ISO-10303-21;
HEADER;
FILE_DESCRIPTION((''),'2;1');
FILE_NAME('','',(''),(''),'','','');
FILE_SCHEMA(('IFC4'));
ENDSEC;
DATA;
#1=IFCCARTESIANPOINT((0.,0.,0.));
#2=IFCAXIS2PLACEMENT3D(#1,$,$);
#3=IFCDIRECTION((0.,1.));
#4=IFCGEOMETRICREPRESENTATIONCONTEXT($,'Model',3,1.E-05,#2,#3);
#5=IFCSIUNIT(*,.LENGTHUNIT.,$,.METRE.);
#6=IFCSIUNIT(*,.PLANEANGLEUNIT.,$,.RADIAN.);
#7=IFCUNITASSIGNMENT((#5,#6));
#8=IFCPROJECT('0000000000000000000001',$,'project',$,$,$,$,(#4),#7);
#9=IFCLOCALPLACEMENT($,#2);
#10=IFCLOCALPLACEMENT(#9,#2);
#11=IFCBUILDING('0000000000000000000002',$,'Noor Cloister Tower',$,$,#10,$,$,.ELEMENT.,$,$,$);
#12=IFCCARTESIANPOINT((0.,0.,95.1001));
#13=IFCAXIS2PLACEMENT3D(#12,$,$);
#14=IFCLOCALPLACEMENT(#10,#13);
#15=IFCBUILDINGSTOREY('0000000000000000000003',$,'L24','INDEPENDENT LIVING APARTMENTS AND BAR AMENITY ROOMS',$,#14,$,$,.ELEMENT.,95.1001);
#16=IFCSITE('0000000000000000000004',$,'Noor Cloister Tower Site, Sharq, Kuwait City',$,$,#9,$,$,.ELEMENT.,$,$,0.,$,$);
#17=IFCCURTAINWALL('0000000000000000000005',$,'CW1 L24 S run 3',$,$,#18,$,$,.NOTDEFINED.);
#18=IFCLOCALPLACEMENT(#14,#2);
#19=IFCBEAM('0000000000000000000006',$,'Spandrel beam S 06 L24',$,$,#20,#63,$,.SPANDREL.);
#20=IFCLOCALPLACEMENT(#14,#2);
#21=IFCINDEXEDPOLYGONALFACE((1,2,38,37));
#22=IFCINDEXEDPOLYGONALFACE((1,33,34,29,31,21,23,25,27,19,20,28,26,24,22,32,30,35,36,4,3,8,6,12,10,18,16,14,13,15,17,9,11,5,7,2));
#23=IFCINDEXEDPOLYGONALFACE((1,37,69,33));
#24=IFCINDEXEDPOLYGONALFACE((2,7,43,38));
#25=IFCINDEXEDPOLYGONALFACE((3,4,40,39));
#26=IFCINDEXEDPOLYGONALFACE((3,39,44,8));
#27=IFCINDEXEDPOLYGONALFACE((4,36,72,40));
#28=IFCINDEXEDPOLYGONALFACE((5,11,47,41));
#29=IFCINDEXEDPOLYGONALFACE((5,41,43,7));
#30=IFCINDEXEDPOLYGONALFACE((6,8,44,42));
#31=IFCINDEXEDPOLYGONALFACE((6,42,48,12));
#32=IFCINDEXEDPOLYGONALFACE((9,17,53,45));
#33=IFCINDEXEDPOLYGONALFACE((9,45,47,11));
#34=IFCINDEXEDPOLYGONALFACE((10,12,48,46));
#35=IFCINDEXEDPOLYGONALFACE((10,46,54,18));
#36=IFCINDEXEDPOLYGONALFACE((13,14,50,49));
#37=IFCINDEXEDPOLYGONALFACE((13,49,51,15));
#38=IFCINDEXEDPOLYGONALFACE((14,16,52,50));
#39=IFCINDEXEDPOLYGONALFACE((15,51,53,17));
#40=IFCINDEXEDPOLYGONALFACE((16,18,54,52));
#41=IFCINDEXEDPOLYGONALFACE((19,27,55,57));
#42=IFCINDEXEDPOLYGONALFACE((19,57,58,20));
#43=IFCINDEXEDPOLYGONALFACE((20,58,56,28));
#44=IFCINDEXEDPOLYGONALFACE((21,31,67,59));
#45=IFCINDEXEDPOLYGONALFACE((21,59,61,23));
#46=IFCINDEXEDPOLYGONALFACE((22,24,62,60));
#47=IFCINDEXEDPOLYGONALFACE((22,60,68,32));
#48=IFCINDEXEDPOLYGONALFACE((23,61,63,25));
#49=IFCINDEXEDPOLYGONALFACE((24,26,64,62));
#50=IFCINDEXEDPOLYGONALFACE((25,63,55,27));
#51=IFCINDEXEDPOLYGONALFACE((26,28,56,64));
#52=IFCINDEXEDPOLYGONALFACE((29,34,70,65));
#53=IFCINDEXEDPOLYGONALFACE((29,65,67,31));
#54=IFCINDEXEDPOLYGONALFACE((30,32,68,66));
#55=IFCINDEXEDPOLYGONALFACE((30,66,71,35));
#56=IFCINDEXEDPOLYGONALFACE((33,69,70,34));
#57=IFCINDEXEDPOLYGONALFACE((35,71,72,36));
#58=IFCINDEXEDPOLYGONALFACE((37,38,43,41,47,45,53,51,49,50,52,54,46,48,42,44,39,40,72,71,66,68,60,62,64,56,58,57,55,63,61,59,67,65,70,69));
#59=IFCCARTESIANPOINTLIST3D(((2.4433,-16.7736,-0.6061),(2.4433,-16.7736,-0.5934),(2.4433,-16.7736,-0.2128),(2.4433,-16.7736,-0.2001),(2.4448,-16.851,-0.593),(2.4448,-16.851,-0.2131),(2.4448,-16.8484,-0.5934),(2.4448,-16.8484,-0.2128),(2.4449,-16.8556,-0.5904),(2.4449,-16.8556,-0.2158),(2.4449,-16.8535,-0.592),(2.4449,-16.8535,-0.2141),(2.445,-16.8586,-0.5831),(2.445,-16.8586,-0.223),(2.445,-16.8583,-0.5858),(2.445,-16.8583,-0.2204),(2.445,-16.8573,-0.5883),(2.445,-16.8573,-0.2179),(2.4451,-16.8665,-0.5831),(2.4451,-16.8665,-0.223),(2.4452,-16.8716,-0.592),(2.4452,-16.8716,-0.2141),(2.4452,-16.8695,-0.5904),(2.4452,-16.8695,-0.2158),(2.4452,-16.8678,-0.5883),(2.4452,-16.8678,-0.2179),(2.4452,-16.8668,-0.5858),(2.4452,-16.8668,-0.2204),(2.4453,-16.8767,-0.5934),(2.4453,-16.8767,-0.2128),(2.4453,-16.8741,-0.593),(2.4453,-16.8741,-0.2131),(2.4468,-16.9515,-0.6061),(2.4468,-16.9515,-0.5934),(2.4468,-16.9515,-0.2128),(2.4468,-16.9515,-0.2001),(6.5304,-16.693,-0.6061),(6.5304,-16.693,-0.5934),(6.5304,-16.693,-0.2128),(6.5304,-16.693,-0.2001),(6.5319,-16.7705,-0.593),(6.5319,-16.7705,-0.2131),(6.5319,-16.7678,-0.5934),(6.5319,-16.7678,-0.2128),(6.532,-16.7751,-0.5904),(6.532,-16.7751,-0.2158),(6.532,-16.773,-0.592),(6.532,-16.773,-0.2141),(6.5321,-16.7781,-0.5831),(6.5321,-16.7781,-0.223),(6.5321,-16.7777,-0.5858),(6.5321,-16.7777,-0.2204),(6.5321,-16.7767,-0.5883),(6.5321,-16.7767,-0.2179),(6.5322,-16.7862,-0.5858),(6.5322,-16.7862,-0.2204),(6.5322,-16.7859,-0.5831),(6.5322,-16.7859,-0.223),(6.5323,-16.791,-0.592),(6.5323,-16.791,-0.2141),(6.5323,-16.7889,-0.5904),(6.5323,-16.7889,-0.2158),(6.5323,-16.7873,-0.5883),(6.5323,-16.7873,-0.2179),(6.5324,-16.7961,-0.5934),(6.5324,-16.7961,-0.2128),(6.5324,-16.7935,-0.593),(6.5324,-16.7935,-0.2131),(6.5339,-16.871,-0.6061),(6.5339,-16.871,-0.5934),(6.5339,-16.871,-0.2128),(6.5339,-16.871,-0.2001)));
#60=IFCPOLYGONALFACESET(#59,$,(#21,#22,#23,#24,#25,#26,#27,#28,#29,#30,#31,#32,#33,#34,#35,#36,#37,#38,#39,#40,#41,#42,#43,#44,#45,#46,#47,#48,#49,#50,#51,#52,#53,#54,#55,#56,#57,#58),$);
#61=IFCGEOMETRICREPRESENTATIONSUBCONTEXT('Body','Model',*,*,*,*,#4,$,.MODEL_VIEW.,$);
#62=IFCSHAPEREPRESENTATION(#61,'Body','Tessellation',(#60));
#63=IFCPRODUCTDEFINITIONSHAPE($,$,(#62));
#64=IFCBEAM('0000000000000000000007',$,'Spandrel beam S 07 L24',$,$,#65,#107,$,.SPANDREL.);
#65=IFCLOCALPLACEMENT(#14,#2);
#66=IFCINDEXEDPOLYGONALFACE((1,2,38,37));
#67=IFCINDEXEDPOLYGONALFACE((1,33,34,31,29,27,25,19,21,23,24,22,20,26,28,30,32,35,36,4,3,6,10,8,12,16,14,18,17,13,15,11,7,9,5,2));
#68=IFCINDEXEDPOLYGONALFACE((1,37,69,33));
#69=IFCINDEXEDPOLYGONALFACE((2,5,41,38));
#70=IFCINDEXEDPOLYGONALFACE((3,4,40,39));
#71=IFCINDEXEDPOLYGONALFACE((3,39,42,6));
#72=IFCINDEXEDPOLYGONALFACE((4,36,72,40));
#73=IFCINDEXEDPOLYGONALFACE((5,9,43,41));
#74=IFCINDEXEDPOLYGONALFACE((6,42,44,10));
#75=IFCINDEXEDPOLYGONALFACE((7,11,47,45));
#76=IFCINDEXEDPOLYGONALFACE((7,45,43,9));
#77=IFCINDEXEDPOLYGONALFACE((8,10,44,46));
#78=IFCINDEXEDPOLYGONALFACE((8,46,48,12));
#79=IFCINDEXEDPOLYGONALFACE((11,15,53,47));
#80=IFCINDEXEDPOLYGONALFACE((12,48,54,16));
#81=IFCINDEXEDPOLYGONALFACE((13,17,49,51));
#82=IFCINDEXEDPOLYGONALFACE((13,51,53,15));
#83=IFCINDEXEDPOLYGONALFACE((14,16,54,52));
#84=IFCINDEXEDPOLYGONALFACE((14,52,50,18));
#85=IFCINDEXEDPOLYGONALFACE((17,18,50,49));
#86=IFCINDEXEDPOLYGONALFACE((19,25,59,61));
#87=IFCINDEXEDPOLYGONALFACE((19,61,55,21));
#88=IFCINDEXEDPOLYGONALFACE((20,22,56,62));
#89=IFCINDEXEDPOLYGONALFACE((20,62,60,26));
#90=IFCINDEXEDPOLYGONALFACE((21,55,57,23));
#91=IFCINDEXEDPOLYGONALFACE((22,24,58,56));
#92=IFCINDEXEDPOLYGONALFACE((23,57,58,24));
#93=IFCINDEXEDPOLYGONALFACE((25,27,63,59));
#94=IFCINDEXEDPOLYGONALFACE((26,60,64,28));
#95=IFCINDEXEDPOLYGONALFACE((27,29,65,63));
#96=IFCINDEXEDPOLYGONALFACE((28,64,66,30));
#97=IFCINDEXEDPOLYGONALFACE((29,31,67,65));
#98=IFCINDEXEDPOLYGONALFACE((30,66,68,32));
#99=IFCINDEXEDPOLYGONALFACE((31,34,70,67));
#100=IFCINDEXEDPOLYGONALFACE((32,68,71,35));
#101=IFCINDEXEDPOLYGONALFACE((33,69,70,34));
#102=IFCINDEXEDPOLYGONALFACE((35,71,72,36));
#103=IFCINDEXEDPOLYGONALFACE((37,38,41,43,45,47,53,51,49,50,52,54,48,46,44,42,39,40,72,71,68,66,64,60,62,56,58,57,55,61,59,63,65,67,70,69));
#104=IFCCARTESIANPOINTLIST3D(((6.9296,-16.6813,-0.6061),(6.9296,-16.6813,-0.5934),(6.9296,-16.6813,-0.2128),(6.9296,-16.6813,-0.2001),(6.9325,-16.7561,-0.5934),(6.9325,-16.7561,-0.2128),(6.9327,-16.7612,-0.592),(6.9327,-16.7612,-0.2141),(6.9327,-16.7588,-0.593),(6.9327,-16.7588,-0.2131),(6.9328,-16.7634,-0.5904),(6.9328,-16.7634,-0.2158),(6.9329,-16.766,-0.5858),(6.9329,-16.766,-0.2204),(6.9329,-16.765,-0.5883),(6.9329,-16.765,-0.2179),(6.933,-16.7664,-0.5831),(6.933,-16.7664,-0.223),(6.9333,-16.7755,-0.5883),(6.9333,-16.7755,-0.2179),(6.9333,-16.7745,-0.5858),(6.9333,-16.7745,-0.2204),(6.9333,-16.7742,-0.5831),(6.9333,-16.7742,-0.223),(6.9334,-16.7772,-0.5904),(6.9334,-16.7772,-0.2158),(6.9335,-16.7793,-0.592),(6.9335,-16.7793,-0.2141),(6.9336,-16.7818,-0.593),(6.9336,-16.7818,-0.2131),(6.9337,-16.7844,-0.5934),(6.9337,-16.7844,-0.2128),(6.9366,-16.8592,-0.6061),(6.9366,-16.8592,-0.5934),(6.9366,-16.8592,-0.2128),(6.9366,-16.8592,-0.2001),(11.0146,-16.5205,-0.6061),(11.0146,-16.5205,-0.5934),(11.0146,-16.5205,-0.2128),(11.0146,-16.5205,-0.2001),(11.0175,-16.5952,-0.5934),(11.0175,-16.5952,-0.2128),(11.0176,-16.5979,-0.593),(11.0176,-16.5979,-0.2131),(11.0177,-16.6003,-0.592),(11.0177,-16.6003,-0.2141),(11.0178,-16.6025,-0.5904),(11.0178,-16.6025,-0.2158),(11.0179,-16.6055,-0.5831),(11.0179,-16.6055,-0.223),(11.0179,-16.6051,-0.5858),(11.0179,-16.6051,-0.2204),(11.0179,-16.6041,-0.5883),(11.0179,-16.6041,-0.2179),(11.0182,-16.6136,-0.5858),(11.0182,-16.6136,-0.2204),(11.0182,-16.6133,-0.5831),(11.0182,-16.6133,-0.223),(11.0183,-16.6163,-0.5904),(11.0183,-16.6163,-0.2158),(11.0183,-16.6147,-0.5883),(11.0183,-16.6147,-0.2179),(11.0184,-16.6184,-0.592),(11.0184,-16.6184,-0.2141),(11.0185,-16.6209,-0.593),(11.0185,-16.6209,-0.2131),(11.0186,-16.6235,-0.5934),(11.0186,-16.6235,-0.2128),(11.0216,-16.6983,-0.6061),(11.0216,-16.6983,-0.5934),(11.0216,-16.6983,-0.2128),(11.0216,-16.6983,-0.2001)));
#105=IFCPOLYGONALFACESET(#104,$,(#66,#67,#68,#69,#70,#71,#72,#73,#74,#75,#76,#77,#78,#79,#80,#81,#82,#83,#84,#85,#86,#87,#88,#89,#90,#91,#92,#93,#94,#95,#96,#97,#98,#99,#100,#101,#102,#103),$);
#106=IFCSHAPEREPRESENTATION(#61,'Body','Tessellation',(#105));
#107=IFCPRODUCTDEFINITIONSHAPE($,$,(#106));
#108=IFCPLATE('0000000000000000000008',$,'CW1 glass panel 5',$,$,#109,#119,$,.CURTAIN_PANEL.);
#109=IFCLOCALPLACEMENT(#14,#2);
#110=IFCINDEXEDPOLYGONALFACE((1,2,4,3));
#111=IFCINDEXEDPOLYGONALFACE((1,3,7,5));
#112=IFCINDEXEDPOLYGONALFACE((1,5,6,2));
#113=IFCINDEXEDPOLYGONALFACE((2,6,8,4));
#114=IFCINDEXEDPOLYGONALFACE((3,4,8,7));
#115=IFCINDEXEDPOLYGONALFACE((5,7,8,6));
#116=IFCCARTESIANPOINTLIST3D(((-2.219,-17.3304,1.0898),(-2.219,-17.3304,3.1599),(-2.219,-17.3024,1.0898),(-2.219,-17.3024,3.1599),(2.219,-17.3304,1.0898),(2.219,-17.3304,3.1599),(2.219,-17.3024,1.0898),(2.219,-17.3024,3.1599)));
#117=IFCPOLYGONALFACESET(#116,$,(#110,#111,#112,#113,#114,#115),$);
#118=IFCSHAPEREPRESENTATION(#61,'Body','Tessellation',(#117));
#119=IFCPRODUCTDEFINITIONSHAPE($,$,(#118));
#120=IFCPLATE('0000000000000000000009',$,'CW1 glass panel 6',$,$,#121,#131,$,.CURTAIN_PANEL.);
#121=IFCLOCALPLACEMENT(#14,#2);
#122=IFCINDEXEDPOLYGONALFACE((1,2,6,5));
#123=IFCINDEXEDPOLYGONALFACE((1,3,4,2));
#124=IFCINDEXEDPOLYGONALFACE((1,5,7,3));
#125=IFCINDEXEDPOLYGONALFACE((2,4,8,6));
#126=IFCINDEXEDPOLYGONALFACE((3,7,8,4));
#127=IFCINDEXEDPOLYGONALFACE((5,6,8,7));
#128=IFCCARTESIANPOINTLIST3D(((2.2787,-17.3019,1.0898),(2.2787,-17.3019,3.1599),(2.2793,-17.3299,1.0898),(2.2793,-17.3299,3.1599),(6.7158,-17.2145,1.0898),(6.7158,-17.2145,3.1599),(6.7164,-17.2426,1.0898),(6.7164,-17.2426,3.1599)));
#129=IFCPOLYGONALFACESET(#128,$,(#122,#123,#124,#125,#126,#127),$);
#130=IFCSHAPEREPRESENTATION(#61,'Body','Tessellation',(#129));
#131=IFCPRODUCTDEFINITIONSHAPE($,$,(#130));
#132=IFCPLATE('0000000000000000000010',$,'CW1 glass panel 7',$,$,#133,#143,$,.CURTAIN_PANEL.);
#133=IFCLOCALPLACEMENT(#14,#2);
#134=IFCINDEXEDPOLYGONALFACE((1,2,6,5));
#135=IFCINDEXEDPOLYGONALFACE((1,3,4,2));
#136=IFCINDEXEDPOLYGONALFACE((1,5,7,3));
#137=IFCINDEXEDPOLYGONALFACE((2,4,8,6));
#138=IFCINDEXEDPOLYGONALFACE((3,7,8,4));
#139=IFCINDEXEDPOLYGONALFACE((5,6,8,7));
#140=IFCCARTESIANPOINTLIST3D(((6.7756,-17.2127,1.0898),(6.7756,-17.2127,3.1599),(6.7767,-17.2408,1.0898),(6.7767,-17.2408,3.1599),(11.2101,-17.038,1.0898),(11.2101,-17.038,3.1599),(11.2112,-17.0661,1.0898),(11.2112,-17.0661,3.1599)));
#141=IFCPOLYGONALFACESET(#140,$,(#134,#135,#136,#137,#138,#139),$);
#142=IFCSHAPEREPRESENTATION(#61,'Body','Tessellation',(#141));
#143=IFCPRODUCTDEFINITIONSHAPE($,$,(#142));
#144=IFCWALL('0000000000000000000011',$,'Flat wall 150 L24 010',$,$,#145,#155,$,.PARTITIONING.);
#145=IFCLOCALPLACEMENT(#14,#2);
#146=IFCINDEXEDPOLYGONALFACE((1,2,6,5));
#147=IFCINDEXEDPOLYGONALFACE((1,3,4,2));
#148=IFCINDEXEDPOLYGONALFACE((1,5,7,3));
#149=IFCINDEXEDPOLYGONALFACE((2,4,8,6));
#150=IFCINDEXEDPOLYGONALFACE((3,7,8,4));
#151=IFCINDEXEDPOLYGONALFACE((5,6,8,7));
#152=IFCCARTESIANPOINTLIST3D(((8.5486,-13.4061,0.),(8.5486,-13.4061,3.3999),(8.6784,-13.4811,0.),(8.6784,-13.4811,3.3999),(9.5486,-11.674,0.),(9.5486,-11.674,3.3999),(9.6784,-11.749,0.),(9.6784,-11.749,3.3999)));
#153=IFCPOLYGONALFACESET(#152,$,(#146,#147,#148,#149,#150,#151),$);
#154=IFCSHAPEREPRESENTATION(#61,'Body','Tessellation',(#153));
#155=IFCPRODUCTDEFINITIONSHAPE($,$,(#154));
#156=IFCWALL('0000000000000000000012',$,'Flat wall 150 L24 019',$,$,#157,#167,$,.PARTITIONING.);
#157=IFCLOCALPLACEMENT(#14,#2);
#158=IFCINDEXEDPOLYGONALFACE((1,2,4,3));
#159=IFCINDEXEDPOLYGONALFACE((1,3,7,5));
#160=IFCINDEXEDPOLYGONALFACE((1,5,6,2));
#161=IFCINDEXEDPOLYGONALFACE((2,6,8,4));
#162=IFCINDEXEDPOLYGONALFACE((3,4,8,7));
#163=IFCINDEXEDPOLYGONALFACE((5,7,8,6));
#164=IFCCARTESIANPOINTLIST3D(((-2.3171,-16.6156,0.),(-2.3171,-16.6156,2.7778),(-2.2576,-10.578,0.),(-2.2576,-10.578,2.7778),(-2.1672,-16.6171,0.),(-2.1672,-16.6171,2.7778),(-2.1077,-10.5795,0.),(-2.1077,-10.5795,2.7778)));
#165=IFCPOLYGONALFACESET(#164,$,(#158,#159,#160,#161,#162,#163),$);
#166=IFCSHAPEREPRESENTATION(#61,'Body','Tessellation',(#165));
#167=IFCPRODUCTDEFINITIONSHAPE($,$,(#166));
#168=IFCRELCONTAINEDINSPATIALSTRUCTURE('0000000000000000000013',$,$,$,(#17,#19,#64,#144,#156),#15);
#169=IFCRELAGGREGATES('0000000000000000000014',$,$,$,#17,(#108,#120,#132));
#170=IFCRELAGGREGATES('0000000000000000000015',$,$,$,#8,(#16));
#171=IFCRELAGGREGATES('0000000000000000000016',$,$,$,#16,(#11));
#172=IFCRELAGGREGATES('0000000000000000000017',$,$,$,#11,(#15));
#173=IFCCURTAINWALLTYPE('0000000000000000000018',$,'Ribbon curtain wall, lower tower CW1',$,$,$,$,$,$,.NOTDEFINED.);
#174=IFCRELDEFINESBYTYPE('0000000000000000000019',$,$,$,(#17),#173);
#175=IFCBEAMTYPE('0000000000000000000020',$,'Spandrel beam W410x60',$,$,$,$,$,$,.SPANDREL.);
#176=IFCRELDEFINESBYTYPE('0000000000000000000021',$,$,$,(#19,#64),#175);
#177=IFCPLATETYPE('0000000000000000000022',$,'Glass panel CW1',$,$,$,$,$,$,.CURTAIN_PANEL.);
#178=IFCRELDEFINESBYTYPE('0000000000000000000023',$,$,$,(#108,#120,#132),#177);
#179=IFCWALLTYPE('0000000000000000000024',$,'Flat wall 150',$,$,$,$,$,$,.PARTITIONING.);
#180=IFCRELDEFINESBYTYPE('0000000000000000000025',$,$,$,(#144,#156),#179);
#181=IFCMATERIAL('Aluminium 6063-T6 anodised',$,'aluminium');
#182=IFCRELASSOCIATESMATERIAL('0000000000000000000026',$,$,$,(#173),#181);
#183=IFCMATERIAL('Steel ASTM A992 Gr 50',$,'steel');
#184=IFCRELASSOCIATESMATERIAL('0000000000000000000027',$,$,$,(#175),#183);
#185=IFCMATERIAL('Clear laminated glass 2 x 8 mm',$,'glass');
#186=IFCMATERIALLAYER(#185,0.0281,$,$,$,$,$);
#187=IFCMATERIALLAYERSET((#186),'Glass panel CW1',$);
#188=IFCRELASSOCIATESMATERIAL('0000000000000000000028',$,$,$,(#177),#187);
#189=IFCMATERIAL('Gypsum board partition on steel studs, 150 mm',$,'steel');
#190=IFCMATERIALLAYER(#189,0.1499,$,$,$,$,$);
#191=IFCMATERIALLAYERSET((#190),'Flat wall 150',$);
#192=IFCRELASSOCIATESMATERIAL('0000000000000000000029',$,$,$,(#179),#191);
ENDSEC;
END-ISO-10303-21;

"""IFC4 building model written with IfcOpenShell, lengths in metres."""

from ifc_helpers import new_model, si_unit, direction, frame, frame_2d, origin, origin_2d, place, context, subcontext, project, spatial, rectangle, i_section, extrude, material, layer, layer_set, material_profile, profile_set, type_object, element, aggregate, save


model = new_model("IFC4")

# Units and contexts
model_context = context("Model", 3, precision=1e-05, world=origin(), true_north=direction((0.0, 1.0)))
body_context = subcontext(model_context, "Body", "Model", "MODEL_VIEW")
ifc_project = project(units=[si_unit("LENGTHUNIT", "METRE"), si_unit("PLANEANGLEUNIT", "RADIAN")], contexts=[model_context])

# Site, building, storey
site_placement = place(None, origin())
site = spatial("IfcSite", under=ifc_project, at=site_placement, Name="Noor Cloister Tower Site, Sharq, Kuwait City", CompositionType="ELEMENT", RefElevation=0.0)
building_placement = place(site_placement, origin())
building = spatial("IfcBuilding", under=site, at=building_placement, Name="Noor Cloister Tower", CompositionType="ELEMENT")
storey_placement = place(building_placement, frame((0.0, 0.0, 95.1001)))
storey = spatial("IfcBuildingStorey", under=building, at=storey_placement, Name="L24", Description="INDEPENDENT LIVING APARTMENTS AND BAR AMENITY ROOMS", CompositionType="ELEMENT", Elevation=95.1001)

# Curtain wall
ifc_material_1 = material(Name="Aluminium 6063-T6 anodised", Category="aluminium")
curtain_wall_type = type_object("IfcCurtainWallType", Name="Ribbon curtain wall, lower tower CW1", PredefinedType="NOTDEFINED", material=ifc_material_1)
curtain_wall_placement = place(storey_placement, origin())
curtain_wall = element("IfcCurtainWall", 1, at=curtain_wall_placement, inside=storey, type_object=curtain_wall_type, Name="CW1 L24 S run 3", PredefinedType="NOTDEFINED")

# Beams
ifc_material_2 = material(Name="Steel ASTM A992 Gr 50", Category="steel")
ifc_material_profile_1 = material_profile(ifc_material_2, i_section(OverallWidth=0.178, OverallDepth=0.406, WebThickness=0.0078, FlangeThickness=0.0127, FilletRadius=0.0103, at=origin_2d()), Name="W410x60")
ifc_profile_set_1 = profile_set([ifc_material_profile_1], Name="Steel ASTM A992 Gr 50")
beam_type_1 = type_object("IfcBeamType", Name="Spandrel beam W410x60", PredefinedType="SPANDREL", material=ifc_profile_set_1)
for number, where, z_axis, x_axis, name in (
    (2, (2.4451, -16.8625, -0.4031), (0.999806, 0.019708, 0.0), (-0.019708, 0.999806, 0.0), "Spandrel beam S 06 L24"),
):
    element("IfcBeam", number, at=place(storey_placement, frame(where, z_axis=z_axis, x_axis=x_axis)), inside=storey, type_object=beam_type_1, Name=name, PredefinedType="SPANDREL", context=body_context, shape_type="SweptSolid", body=[
        extrude(i_section(OverallWidth=0.178, OverallDepth=0.406, WebThickness=0.0078, FlangeThickness=0.0127, FilletRadius=0.0103, at=origin_2d()), origin(), (0.0, 0.0, 1.0), 4.0879),
    ])
beam_1_placement = place(storey_placement, frame((6.9331, -16.7703, -0.4031), z_axis=(0.999225, 0.039355, 0.0), x_axis=(-0.039355, 0.999225, 0.0)))
element("IfcBeam", 3, at=beam_1_placement, inside=storey, type_object=beam_type_1, Name="Spandrel beam S 07 L24", PredefinedType="SPANDREL", context=body_context, shape_type="SweptSolid", body=[
    extrude(i_section(OverallWidth=0.178, OverallDepth=0.406, WebThickness=0.0078, FlangeThickness=0.0127, FilletRadius=0.0103, at=origin_2d()), origin(), (0.0, 0.0, 1.0), 4.0881),
])

# Plates
ifc_material_3 = material(Name="Clear laminated glass 2 x 8 mm", Category="glass")
ifc_layer_1 = layer(ifc_material_3, 0.0281)
ifc_layer_set_1 = layer_set([ifc_layer_1], Name="Glass panel CW1")
plate_type = type_object("IfcPlateType", Name="Glass panel CW1", PredefinedType="CURTAIN_PANEL", material=ifc_layer_set_1)
plate_1_placement = place(storey_placement, frame((0.0, -17.3164, 1.0898), z_axis=(0.0, 0.0, 1.0), x_axis=(1.0, 0.0, 0.0)))
plate_1 = element("IfcPlate", 4, at=plate_1_placement, type_object=plate_type, Name="CW1 glass panel 5", PredefinedType="CURTAIN_PANEL", context=body_context, shape_type="SweptSolid", body=[
    extrude(rectangle(XDim=4.438, YDim=0.0281, at=origin_2d()), origin(), (0.0, 0.0, 1.0), 2.0701),
])
plate_2_placement = place(storey_placement, frame((4.4976, -17.2722, 1.0898), z_axis=(0.0, 0.0, 1.0), x_axis=(0.999806, 0.019682, 0.0)))
plate_2 = element("IfcPlate", 5, at=plate_2_placement, type_object=plate_type, Name="CW1 glass panel 6", PredefinedType="CURTAIN_PANEL", context=body_context, shape_type="SweptSolid", body=[
    extrude(rectangle(XDim=4.438, YDim=0.0281, at=origin_2d()), origin(), (0.0, 0.0, 1.0), 2.0701),
])
plate_3_placement = place(storey_placement, frame((8.9934, -17.1394, 1.0898), z_axis=(0.0, 0.0, 1.0), x_axis=(0.999225, 0.039356, 0.0)))
plate_3 = element("IfcPlate", 6, at=plate_3_placement, type_object=plate_type, Name="CW1 glass panel 7", PredefinedType="CURTAIN_PANEL", context=body_context, shape_type="SweptSolid", body=[
    extrude(rectangle(XDim=4.438, YDim=0.0281, at=origin_2d()), origin(), (0.0, 0.0, 1.0), 2.0701),
])
aggregate(curtain_wall, [plate_1, plate_2, plate_3])

# Walls
ifc_material_4 = material(Name="Gypsum board partition on steel studs, 150 mm", Category="steel")
ifc_layer_2 = layer(ifc_material_4, 0.1499)
ifc_layer_set_2 = layer_set([ifc_layer_2], Name="Flat wall 150")
wall_type_1 = type_object("IfcWallType", Name="Flat wall 150", PredefinedType="PARTITIONING", material=ifc_layer_set_2)
wall_1_placement = place(storey_placement, frame((8.6135, -13.4436, 0.0), z_axis=(0.0, 0.0, 1.0), x_axis=(0.499973, 0.866041, 0.0)))
element("IfcWall", 7, at=wall_1_placement, inside=storey, type_object=wall_type_1, Name="Flat wall 150 L24 010", PredefinedType="PARTITIONING", context=body_context, shape_type="SweptSolid", body=[
    extrude(rectangle(XDim=2.0, YDim=0.1499, at=frame_2d((1.0, 0.0))), origin(), (0.0, 0.0, 1.0), 3.3999),
])
wall_2_placement = place(storey_placement, frame((-2.2422, -16.6165, 0.0), z_axis=(0.0, 0.0, 1.0), x_axis=(0.009866, 0.999951, 0.0)))
element("IfcWall", 8, at=wall_2_placement, inside=storey, type_object=wall_type_1, Name="Flat wall 150 L24 019", PredefinedType="PARTITIONING", context=body_context, shape_type="SweptSolid", body=[
    extrude(rectangle(XDim=6.0378, YDim=0.1499, at=frame_2d((3.019, 0.0))), origin(), (0.0, 0.0, 1.0), 2.7778),
])

save(model, "model.ifc")
